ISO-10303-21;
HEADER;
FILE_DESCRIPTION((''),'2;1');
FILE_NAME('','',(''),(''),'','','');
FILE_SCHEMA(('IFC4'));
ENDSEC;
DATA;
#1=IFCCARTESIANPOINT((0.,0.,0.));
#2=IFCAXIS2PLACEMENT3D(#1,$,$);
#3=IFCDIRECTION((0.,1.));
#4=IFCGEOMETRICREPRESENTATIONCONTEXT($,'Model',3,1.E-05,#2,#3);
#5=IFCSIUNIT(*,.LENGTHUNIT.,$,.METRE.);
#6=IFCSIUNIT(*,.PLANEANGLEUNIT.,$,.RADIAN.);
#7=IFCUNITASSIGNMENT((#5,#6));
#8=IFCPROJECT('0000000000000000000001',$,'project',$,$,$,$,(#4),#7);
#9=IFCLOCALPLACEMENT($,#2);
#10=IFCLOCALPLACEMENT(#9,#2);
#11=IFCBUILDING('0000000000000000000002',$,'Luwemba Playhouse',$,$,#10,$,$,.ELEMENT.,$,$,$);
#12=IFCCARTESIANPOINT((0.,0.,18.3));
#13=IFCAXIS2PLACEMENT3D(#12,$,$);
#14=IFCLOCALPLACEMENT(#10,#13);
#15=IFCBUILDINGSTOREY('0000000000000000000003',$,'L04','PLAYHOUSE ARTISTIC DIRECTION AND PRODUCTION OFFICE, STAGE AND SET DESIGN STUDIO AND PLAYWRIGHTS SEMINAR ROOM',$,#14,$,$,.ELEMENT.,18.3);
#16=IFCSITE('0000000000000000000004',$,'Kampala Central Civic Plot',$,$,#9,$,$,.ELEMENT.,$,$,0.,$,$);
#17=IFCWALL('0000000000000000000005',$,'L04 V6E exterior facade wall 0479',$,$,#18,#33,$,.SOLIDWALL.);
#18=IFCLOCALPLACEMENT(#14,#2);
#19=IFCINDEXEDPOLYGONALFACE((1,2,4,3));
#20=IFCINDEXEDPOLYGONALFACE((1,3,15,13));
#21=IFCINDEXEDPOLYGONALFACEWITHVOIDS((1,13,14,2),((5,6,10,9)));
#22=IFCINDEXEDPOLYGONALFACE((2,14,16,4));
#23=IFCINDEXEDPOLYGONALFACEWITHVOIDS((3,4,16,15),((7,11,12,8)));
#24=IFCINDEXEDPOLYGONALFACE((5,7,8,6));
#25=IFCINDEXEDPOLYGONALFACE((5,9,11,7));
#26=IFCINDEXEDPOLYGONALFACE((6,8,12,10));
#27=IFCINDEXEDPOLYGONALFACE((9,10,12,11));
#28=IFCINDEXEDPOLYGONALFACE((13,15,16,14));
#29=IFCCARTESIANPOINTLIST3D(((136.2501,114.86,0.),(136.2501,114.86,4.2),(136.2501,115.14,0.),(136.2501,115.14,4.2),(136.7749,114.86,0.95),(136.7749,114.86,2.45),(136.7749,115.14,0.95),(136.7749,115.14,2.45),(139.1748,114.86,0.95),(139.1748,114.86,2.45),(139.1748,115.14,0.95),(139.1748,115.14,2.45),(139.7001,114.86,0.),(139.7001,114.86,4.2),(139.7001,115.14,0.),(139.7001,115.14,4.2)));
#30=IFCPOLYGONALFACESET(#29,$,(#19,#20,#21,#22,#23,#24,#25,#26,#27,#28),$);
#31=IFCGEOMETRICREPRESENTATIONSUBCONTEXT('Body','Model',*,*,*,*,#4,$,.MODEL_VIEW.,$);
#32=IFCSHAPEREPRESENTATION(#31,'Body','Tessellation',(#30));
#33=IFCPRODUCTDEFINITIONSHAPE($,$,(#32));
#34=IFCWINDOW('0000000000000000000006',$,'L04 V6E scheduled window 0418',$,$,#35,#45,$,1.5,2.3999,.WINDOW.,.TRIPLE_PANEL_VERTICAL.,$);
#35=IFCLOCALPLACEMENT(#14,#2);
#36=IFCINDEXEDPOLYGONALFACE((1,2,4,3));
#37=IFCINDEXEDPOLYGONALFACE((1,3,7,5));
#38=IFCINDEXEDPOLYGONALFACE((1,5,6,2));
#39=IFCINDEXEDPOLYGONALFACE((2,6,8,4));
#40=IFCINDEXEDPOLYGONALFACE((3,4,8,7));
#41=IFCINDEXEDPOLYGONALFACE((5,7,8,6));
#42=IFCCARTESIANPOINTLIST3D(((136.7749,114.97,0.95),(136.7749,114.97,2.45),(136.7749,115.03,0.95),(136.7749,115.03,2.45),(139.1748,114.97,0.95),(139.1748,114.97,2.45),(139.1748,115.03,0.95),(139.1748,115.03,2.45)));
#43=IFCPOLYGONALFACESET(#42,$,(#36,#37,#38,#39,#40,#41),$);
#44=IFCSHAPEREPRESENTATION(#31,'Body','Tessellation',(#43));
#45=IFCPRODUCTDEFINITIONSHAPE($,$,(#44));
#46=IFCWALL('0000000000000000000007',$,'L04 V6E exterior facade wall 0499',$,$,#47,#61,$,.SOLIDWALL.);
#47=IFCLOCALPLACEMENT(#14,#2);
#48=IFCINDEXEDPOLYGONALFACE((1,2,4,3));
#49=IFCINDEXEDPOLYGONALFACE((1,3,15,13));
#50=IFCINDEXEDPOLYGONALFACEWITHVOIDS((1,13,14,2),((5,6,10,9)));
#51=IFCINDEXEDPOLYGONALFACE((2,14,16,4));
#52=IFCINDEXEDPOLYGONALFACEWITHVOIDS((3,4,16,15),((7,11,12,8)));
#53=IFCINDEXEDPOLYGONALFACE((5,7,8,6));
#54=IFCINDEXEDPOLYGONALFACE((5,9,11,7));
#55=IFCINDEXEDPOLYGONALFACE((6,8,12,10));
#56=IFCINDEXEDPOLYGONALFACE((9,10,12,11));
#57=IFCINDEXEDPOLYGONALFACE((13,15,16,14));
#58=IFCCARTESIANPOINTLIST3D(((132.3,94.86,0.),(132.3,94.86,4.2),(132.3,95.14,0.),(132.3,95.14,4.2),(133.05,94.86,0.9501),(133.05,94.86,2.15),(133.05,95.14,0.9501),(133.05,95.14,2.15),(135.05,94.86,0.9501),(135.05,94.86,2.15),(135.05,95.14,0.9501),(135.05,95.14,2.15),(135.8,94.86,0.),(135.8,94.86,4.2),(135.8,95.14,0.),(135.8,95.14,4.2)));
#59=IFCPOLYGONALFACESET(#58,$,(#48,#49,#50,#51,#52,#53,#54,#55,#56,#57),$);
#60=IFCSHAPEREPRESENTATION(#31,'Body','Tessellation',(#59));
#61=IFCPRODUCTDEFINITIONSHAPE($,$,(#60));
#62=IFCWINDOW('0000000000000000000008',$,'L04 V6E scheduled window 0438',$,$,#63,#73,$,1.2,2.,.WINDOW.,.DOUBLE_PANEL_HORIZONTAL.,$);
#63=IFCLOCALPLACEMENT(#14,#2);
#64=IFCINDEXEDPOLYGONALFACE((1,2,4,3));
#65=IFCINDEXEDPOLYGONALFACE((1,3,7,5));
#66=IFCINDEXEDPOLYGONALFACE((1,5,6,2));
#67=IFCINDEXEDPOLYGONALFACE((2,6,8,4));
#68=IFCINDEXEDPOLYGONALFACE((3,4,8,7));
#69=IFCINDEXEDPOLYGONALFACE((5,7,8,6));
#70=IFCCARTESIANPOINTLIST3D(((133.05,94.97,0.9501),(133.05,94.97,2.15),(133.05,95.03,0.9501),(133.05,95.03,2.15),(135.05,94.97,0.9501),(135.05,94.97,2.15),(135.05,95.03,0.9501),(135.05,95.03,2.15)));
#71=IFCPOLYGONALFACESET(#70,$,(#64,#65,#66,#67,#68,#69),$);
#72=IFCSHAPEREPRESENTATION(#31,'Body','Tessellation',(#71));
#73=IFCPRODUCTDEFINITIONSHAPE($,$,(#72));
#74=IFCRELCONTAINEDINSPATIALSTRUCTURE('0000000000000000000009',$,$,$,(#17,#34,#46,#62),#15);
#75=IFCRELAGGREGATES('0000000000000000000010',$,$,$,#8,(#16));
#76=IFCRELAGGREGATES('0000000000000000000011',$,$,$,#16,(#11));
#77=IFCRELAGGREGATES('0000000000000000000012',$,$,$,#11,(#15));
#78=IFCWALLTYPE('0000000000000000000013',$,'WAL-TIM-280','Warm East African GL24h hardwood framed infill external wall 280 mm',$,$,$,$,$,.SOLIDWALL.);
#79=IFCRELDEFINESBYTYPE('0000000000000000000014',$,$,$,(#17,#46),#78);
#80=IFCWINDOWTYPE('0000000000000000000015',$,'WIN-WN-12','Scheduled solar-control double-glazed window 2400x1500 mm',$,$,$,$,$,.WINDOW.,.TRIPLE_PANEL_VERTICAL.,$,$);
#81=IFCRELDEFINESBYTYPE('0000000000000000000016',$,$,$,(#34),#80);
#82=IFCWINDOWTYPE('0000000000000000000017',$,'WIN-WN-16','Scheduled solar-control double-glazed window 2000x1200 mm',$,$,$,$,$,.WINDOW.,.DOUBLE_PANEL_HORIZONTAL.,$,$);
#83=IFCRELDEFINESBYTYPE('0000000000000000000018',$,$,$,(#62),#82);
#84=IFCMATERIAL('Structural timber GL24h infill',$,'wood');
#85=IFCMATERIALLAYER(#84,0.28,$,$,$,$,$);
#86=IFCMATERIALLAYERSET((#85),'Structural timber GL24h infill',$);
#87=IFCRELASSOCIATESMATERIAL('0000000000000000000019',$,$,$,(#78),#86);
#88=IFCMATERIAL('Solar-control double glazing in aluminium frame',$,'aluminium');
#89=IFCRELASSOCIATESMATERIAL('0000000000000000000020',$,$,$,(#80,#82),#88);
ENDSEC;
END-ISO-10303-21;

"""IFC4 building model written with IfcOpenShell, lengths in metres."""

from ifc_helpers import new_model, si_unit, direction, frame, frame_2d, origin, place, context, subcontext, project, spatial, rectangle, extrude, material, layer, layer_set, type_object, element, fill, save


model = new_model("IFC4")

# Units and contexts
model_context = context("Model", 3, precision=1e-05, world=origin(), true_north=direction((0.0, 1.0)))
body_context = subcontext(model_context, "Body", "Model", "MODEL_VIEW")
ifc_project = project(units=[si_unit("LENGTHUNIT", "METRE"), si_unit("PLANEANGLEUNIT", "RADIAN")], contexts=[model_context])

# Site, building, storey
site_placement = place(None, origin())
site = spatial("IfcSite", under=ifc_project, at=site_placement, Name="Kampala Central Civic Plot", CompositionType="ELEMENT", RefElevation=0.0)
building_placement = place(site_placement, origin())
building = spatial("IfcBuilding", under=site, at=building_placement, Name="Luwemba Playhouse", CompositionType="ELEMENT")
storey_placement = place(building_placement, frame((0.0, 0.0, 18.3)))
storey = spatial("IfcBuildingStorey", under=building, at=storey_placement, Name="L04", Description="PLAYHOUSE ARTISTIC DIRECTION AND PRODUCTION OFFICE, STAGE AND SET DESIGN STUDIO AND PLAYWRIGHTS SEMINAR ROOM", CompositionType="ELEMENT", Elevation=18.3)

# Walls, openings, windows
ifc_material_1 = material(Name="Solar-control double glazing in aluminium frame", Category="aluminium")
ifc_material_2 = material(Name="Structural timber GL24h infill", Category="wood")
ifc_layer_1 = layer(ifc_material_2, 0.28)
ifc_layer_set_1 = layer_set([ifc_layer_1], Name="Structural timber GL24h infill")
wall_type_1 = type_object("IfcWallType", Name="WAL-TIM-280", Description="Warm East African GL24h hardwood framed infill external wall 280 mm", PredefinedType="SOLIDWALL", material=ifc_layer_set_1)
wall_1_placement = place(storey_placement, frame((136.25, 115.0, 0.0), z_axis=(0.0, 0.0, 1.0), x_axis=(1.0, 0.0, 0.0)))
wall_1 = element("IfcWall", 1, at=wall_1_placement, inside=storey, type_object=wall_type_1, Name="L04 V6E exterior facade wall 0479", PredefinedType="SOLIDWALL", context=body_context, shape_type="SweptSolid", body=[
    extrude(rectangle(XDim=3.45, YDim=0.28, at=frame_2d((1.7251, 0.0))), origin(), (0.0, 0.0, 1.0), 4.2),
])
opening_1_placement = place(wall_1_placement, frame((0.5249, 0.0, 0.95)))
opening_1 = element("IfcOpeningElement", 2, at=opening_1_placement, cuts=wall_1, PredefinedType="OPENING", context=body_context, shape_type="SweptSolid", body=[
    extrude(rectangle(XDim=2.3999, YDim=1.5, at=frame_2d((1.2, 0.75))), frame((0.0, 0.1499, 0.0), z_axis=(0.0, -1.0, 0.0), x_axis=(1.0, 0.0, 0.0)), (0.0, 0.0, 1.0), 0.3),
])
window_type_1 = type_object("IfcWindowType", Name="WIN-WN-12", Description="Scheduled solar-control double-glazed window 2400x1500 mm", PartitioningType="TRIPLE_PANEL_VERTICAL", PredefinedType="WINDOW", material=ifc_material_1)
window_1_placement = place(opening_1_placement, origin())
window_1 = element("IfcWindow", 3, at=window_1_placement, inside=storey, type_object=window_type_1, Name="L04 V6E scheduled window 0418", OverallHeight=1.5, OverallWidth=2.3999, PartitioningType="TRIPLE_PANEL_VERTICAL", PredefinedType="WINDOW", context=body_context, shape_type="SweptSolid", body=[
    extrude(rectangle(XDim=2.3999, YDim=1.5, at=frame_2d((1.2, 0.75))), frame((0.0, 0.03, 0.0), z_axis=(0.0, -1.0, 0.0), x_axis=(1.0, 0.0, 0.0)), (0.0, 0.0, 1.0), 0.0601),
])
fill(opening_1, window_1)
wall_2_placement = place(storey_placement, frame((135.8, 95.0, 0.0), z_axis=(0.0, 0.0, 1.0), x_axis=(-1.0, 0.0, 0.0)))
wall_2 = element("IfcWall", 4, at=wall_2_placement, inside=storey, type_object=wall_type_1, Name="L04 V6E exterior facade wall 0499", PredefinedType="SOLIDWALL", context=body_context, shape_type="SweptSolid", body=[
    extrude(rectangle(XDim=3.5, YDim=0.28, at=frame_2d((1.75, 0.0))), origin(), (0.0, 0.0, 1.0), 4.2),
])
opening_2_placement = place(wall_2_placement, frame((0.75, 0.0, 0.95)))
opening_2 = element("IfcOpeningElement", 5, at=opening_2_placement, cuts=wall_2, PredefinedType="OPENING", context=body_context, shape_type="SweptSolid", body=[
    extrude(rectangle(XDim=2.0, YDim=1.2, at=frame_2d((1.0, 0.6001))), frame((0.0, 0.1499, 0.0), z_axis=(0.0, -1.0, 0.0), x_axis=(1.0, 0.0, 0.0)), (0.0, 0.0, 1.0), 0.3),
])
window_type_2 = type_object("IfcWindowType", Name="WIN-WN-16", Description="Scheduled solar-control double-glazed window 2000x1200 mm", PartitioningType="DOUBLE_PANEL_HORIZONTAL", PredefinedType="WINDOW", material=ifc_material_1)
window_2_placement = place(opening_2_placement, origin())
window_2 = element("IfcWindow", 6, at=window_2_placement, inside=storey, type_object=window_type_2, Name="L04 V6E scheduled window 0438", OverallHeight=1.2, OverallWidth=2.0, PartitioningType="DOUBLE_PANEL_HORIZONTAL", PredefinedType="WINDOW", context=body_context, shape_type="SweptSolid", body=[
    extrude(rectangle(XDim=2.0, YDim=1.2, at=frame_2d((1.0, 0.6001))), frame((0.0, 0.03, 0.0), z_axis=(0.0, -1.0, 0.0), x_axis=(1.0, 0.0, 0.0)), (0.0, 0.0, 1.0), 0.0601),
])
fill(opening_2, window_2)

save(model, "model.ifc")
